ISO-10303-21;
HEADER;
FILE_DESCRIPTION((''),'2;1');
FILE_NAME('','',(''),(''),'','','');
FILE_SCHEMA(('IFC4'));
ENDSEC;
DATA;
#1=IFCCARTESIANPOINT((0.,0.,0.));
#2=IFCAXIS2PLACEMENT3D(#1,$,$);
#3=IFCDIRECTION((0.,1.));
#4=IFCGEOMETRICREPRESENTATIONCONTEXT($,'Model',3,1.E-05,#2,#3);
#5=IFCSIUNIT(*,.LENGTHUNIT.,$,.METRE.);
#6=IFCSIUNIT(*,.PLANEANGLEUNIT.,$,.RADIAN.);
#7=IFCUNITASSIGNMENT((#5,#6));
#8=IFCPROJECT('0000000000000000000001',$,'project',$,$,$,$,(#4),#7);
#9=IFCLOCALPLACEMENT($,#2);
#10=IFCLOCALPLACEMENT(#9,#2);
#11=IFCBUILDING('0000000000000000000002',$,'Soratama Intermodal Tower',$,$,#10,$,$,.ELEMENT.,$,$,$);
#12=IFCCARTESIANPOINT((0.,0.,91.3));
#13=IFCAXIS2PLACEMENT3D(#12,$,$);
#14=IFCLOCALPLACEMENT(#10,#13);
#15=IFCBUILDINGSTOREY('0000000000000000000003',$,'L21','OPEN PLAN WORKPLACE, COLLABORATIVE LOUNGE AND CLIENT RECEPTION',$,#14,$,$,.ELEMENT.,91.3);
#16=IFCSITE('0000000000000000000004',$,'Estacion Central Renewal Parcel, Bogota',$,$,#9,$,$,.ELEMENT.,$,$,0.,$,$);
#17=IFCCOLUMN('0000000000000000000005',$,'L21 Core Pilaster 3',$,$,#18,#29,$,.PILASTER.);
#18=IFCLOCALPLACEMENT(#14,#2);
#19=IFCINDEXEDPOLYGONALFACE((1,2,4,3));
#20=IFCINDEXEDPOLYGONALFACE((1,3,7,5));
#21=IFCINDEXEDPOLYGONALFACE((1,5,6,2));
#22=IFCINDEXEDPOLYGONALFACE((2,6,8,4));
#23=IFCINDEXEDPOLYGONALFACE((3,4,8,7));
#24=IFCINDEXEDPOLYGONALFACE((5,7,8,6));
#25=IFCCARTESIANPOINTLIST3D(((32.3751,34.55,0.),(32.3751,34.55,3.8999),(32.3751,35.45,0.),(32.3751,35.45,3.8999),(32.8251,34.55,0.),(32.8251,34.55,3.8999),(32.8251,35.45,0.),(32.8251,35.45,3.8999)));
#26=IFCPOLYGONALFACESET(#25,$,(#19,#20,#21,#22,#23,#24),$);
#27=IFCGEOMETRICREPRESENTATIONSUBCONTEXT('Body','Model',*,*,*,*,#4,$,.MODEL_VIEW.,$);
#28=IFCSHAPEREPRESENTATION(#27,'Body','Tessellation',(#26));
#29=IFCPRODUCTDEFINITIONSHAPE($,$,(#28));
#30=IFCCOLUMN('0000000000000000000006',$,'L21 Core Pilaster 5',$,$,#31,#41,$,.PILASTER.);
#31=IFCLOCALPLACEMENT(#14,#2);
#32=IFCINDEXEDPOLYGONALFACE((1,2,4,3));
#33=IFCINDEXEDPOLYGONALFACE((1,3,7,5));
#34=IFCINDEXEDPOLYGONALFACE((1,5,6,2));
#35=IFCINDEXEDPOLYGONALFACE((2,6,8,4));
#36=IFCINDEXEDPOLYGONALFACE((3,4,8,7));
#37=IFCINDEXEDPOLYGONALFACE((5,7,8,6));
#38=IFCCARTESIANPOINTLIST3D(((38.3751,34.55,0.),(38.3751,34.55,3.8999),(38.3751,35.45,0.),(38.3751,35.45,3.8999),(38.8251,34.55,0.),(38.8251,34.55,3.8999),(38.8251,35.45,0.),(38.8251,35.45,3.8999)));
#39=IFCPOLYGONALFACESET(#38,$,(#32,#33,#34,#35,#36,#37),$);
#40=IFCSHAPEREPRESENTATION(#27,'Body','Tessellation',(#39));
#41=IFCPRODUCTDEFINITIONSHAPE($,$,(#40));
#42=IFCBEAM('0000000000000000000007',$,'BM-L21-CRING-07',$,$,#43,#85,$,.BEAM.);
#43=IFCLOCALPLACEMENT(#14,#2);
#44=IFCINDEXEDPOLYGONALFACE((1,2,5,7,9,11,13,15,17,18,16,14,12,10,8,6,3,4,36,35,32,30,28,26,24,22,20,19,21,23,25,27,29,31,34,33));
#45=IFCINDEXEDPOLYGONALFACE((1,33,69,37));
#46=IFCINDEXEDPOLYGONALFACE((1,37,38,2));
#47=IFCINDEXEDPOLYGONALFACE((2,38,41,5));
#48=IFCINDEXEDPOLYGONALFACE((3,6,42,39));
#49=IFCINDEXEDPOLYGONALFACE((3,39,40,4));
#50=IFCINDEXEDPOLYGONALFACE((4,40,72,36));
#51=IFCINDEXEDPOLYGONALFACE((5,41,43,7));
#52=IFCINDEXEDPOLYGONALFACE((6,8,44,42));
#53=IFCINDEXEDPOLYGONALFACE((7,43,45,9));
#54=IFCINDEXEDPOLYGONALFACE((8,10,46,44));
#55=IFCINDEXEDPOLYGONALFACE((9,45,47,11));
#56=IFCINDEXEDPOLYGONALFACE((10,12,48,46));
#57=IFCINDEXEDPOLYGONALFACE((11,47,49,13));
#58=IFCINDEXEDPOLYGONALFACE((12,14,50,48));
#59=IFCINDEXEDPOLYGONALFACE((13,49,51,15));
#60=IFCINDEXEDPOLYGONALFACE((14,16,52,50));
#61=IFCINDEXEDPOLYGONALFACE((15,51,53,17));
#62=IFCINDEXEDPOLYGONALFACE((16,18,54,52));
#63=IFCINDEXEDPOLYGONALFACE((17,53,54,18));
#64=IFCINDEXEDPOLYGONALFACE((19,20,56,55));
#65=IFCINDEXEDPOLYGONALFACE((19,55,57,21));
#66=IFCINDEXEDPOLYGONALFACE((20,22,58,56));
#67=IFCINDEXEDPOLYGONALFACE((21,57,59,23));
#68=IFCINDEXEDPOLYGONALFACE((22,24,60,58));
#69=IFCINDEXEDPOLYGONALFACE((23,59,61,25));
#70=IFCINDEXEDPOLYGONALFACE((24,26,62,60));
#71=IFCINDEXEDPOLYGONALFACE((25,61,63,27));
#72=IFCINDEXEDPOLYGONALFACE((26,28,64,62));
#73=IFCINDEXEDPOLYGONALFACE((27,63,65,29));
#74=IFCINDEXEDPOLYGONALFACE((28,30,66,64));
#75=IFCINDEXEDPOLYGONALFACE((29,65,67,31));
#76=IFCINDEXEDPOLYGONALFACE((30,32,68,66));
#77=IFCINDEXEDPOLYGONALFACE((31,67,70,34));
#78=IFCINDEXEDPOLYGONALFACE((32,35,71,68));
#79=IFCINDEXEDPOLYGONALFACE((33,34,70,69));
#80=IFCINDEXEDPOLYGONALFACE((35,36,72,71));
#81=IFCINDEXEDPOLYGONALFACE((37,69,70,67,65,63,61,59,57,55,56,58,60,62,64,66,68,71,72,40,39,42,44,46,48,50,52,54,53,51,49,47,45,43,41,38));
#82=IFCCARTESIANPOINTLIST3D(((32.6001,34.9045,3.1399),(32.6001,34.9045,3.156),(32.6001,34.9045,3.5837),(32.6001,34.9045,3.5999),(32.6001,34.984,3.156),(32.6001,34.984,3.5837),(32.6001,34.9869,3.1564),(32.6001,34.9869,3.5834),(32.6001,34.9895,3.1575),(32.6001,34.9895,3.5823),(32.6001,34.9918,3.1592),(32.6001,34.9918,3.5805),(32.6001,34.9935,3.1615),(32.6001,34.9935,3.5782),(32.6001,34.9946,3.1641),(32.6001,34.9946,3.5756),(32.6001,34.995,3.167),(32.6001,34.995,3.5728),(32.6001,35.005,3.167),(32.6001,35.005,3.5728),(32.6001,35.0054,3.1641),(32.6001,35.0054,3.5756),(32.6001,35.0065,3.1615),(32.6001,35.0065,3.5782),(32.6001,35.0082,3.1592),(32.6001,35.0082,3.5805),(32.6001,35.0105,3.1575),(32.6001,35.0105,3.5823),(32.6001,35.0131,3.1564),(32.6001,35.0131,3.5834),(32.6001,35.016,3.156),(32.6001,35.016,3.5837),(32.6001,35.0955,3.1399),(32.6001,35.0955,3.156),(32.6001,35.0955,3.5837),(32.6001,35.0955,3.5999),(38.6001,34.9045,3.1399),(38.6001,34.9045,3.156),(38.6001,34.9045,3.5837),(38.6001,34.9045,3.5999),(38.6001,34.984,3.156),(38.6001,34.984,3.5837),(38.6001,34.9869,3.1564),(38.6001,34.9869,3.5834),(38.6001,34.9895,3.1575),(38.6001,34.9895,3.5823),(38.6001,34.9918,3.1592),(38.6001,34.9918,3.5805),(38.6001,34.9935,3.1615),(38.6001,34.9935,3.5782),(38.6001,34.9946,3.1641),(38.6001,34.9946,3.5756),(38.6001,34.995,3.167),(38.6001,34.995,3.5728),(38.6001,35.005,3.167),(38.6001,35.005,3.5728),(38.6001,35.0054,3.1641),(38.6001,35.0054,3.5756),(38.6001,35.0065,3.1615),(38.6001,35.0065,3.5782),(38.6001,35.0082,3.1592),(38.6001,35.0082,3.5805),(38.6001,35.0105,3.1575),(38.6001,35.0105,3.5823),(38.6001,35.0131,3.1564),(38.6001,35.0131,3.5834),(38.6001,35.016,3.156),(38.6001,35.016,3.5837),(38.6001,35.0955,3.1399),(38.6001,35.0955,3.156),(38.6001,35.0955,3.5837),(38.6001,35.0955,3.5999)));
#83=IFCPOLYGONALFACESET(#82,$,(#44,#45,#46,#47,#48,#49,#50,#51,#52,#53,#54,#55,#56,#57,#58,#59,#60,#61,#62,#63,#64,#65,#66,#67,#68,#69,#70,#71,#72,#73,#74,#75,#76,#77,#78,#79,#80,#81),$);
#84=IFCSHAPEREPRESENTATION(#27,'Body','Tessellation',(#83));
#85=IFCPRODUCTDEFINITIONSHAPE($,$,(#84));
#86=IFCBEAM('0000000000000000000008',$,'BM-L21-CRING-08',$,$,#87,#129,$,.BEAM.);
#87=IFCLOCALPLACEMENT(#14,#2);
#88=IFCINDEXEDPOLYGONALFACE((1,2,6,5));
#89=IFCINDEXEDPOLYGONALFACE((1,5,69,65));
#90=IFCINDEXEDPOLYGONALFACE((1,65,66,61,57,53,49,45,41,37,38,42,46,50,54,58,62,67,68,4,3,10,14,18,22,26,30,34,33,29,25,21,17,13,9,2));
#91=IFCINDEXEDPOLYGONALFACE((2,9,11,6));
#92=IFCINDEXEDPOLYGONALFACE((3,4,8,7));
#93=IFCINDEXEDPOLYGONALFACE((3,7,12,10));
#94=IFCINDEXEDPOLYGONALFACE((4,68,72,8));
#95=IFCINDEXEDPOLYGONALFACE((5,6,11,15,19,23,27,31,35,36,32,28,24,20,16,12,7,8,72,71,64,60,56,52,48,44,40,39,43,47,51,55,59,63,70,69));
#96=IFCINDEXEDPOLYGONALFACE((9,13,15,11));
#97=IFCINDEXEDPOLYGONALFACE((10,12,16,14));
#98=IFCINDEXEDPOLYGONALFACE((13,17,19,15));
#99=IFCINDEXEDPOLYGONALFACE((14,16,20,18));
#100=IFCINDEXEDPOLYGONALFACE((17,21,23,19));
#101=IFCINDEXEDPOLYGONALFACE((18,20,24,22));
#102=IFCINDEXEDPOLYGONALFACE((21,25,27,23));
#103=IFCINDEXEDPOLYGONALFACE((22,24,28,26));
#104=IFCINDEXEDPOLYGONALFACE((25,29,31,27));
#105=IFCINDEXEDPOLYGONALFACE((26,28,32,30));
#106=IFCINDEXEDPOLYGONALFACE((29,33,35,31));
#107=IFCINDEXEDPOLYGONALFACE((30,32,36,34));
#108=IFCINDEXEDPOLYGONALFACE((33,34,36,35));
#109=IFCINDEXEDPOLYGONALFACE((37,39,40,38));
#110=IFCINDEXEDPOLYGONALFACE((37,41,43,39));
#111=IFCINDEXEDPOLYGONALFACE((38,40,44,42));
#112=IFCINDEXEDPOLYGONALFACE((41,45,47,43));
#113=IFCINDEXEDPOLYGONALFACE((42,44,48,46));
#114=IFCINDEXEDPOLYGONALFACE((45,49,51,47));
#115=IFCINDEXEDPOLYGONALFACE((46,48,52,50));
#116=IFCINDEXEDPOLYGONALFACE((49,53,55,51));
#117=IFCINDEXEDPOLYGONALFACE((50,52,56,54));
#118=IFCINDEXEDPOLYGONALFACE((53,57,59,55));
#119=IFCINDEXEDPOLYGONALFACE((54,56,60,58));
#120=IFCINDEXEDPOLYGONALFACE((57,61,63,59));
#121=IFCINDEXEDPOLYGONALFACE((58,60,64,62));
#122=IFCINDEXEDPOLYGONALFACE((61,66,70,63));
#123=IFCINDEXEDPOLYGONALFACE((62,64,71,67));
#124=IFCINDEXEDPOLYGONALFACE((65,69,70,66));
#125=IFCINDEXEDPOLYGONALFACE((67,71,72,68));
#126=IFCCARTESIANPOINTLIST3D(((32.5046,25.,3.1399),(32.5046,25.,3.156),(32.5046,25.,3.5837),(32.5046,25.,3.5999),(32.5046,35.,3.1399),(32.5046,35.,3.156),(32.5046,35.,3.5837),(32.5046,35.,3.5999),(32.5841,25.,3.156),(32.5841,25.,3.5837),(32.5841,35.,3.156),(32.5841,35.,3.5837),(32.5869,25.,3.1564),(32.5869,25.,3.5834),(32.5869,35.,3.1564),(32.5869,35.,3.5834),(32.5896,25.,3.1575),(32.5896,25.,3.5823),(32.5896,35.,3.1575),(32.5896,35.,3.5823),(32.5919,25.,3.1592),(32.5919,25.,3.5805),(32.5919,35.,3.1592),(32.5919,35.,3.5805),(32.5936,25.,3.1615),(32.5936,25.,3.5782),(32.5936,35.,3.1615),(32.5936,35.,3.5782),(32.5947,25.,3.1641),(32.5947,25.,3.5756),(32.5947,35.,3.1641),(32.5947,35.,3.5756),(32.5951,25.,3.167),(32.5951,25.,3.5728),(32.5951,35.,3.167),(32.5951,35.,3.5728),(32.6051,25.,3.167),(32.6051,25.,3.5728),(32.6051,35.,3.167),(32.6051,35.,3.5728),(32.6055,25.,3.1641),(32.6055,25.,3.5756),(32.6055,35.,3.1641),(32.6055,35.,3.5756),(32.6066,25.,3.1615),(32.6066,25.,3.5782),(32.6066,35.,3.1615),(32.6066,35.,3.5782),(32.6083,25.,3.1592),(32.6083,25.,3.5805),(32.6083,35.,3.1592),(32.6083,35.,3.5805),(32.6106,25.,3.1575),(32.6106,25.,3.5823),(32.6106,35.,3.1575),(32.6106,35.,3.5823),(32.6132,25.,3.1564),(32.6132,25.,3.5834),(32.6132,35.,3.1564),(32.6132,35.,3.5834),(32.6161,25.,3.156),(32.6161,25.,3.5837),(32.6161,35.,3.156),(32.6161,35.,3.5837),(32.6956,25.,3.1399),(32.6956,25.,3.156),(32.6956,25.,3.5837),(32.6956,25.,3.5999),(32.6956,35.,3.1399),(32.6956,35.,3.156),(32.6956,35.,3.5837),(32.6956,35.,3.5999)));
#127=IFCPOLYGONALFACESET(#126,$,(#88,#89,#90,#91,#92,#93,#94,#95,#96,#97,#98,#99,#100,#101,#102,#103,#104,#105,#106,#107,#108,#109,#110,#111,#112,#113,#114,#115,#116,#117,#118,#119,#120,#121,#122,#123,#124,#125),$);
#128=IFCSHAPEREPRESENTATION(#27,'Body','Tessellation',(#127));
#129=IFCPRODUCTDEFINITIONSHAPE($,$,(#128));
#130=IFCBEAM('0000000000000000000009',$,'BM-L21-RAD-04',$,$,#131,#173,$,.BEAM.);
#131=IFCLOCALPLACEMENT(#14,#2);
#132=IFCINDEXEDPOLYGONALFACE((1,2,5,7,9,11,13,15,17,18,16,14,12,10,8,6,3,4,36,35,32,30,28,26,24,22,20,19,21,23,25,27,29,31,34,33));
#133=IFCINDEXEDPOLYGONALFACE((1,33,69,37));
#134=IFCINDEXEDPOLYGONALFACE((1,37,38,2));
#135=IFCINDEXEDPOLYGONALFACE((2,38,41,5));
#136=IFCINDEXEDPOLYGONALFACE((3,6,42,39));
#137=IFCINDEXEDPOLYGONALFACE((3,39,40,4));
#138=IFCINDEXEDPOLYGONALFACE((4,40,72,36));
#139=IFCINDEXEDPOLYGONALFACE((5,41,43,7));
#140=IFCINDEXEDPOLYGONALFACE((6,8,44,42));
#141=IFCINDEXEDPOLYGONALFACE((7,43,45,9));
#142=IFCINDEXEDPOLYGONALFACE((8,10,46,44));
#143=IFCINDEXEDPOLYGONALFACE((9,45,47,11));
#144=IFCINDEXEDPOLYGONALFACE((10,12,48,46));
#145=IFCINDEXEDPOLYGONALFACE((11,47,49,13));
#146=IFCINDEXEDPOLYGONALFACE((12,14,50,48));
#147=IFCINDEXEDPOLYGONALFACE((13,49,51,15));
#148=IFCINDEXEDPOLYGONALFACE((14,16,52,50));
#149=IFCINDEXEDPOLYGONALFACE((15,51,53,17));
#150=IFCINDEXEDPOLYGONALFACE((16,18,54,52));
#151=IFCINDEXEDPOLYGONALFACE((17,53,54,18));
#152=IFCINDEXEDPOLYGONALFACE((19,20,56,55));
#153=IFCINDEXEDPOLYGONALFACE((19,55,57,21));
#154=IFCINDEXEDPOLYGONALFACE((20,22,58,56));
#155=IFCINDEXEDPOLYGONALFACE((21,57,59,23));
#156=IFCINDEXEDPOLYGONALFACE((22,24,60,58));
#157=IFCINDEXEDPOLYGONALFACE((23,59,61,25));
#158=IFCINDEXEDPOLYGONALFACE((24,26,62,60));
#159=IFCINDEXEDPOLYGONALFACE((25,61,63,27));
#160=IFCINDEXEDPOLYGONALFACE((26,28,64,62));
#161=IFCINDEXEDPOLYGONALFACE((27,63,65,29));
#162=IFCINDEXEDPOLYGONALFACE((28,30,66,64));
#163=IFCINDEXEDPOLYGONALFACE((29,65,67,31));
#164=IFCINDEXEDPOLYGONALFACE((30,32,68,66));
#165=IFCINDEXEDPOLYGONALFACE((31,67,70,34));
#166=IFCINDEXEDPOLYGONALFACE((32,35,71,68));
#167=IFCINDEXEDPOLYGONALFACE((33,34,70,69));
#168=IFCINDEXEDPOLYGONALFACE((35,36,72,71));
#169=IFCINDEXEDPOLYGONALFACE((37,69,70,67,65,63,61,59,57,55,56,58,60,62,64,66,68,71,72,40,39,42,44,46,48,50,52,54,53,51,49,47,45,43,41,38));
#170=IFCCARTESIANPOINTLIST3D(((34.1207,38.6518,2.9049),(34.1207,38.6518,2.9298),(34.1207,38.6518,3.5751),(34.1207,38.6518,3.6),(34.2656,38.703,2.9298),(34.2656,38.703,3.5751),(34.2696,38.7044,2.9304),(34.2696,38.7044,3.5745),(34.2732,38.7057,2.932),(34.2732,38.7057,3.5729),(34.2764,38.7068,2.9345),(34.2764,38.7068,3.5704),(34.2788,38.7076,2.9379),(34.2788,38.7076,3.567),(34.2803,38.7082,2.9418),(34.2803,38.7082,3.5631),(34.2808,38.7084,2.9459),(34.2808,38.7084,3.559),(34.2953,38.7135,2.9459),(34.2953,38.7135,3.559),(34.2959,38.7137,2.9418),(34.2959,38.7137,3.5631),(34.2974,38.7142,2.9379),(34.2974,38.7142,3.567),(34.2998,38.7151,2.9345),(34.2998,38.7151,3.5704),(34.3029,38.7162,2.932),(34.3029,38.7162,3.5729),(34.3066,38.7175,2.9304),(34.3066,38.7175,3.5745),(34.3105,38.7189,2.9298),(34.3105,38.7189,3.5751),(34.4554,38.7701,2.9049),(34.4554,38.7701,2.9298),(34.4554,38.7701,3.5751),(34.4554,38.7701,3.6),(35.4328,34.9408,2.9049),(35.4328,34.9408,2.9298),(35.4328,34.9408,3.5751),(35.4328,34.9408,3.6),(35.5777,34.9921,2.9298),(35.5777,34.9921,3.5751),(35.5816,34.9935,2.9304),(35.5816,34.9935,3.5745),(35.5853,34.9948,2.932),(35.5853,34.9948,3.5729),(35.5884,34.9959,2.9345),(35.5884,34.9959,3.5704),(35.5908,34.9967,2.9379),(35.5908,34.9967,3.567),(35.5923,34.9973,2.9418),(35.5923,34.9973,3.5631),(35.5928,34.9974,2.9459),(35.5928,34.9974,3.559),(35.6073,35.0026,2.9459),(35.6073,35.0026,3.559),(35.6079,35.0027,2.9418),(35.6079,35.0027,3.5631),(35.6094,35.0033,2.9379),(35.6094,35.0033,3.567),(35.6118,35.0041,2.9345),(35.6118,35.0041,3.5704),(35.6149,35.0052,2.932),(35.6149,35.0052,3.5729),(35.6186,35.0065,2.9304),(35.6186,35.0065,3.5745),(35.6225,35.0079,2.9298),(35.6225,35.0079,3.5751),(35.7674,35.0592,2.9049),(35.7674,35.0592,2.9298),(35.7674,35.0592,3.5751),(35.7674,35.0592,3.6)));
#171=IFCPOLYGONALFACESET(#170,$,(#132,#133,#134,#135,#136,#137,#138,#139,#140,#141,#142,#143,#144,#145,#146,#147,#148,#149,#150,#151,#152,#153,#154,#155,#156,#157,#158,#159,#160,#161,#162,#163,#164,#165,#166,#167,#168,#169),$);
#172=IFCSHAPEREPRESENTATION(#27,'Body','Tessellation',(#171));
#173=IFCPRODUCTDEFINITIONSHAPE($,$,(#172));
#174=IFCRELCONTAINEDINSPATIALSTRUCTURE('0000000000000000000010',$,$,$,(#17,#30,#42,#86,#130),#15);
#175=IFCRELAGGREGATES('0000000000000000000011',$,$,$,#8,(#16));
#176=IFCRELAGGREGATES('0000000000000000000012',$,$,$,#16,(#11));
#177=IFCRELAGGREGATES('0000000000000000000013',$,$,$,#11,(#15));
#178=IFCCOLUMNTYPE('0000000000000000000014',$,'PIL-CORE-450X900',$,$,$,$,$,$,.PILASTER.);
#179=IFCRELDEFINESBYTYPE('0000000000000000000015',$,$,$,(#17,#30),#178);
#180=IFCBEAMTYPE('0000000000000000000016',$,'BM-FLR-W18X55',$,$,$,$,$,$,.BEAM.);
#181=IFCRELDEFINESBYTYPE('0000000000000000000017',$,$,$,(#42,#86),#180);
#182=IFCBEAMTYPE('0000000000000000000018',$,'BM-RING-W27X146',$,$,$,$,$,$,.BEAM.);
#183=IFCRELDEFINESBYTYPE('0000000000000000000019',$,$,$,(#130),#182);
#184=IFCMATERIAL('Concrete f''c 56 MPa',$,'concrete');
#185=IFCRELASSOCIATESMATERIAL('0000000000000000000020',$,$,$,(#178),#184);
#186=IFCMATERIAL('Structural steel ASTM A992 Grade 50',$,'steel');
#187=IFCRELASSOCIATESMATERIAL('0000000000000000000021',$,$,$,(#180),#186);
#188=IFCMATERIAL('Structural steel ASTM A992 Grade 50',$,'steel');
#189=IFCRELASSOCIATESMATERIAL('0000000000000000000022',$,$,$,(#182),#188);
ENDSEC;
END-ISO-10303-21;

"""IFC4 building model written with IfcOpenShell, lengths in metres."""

from ifc_helpers import new_model, si_unit, direction, frame, origin, origin_2d, place, context, subcontext, project, spatial, rectangle, i_section, extrude, material, material_profile, profile_set, type_object, element, save


model = new_model("IFC4")

# Units and contexts
model_context = context("Model", 3, precision=1e-05, world=origin(), true_north=direction((0.0, 1.0)))
body_context = subcontext(model_context, "Body", "Model", "MODEL_VIEW")
ifc_project = project(units=[si_unit("LENGTHUNIT", "METRE"), si_unit("PLANEANGLEUNIT", "RADIAN")], contexts=[model_context])

# Site, building, storey
site_placement = place(None, origin())
site = spatial("IfcSite", under=ifc_project, at=site_placement, Name="Estacion Central Renewal Parcel, Bogota", CompositionType="ELEMENT", RefElevation=0.0)
building_placement = place(site_placement, origin())
building = spatial("IfcBuilding", under=site, at=building_placement, Name="Soratama Intermodal Tower", CompositionType="ELEMENT")
storey_placement = place(building_placement, frame((0.0, 0.0, 91.3)))
storey = spatial("IfcBuildingStorey", under=building, at=storey_placement, Name="L21", Description="OPEN PLAN WORKPLACE, COLLABORATIVE LOUNGE AND CLIENT RECEPTION", CompositionType="ELEMENT", Elevation=91.3)

# Columns
ifc_material_1 = material(Name="Concrete f'c 56 MPa", Category="concrete")
ifc_material_profile_1 = material_profile(ifc_material_1, rectangle(XDim=0.45, YDim=0.8999, at=origin_2d()), Name="RC450X900")
ifc_profile_set_1 = profile_set([ifc_material_profile_1], Name="Concrete f'c 56 MPa")
column_type = type_object("IfcColumnType", Name="PIL-CORE-450X900", PredefinedType="PILASTER", material=ifc_profile_set_1)
for number, where, z_axis, x_axis, name in (
    (1, (32.6001, 35.0, 0.0), (0.0, 0.0, 1.0), (1.0, 0.0, 0.0), "L21 Core Pilaster 3"),
    (2, (38.6001, 35.0, 0.0), (0.0, 0.0, 1.0), (1.0, 0.0, 0.0), "L21 Core Pilaster 5"),
):
    element("IfcColumn", number, at=place(storey_placement, frame(where, z_axis=z_axis, x_axis=x_axis)), inside=storey, type_object=column_type, Name=name, PredefinedType="PILASTER", context=body_context, shape_type="SweptSolid", body=[
        extrude(rectangle(XDim=0.45, YDim=0.8999, at=origin_2d()), origin(), (0.0, 0.0, 1.0), 3.8999),
    ])

# Beams
ifc_material_2 = material(Name="Structural steel ASTM A992 Grade 50", Category="steel")
ifc_material_profile_2 = material_profile(ifc_material_2, i_section(OverallWidth=0.1909, OverallDepth=0.46, WebThickness=0.01, FlangeThickness=0.0161, FilletRadius=0.011, at=origin_2d()), Name="W18X55")
ifc_profile_set_2 = profile_set([ifc_material_profile_2], Name="Structural steel ASTM A992 Grade 50")
beam_type_1 = type_object("IfcBeamType", Name="BM-FLR-W18X55", PredefinedType="BEAM", material=ifc_profile_set_2)
beam_1_placement = place(storey_placement, frame((38.6001, 35.0, 3.3699), z_axis=(-1.0, 0.0, 0.0), x_axis=(0.0, -1.0, 0.0)))
element("IfcBeam", 3, at=beam_1_placement, inside=storey, type_object=beam_type_1, Name="BM-L21-CRING-07", PredefinedType="BEAM", context=body_context, shape_type="SweptSolid", body=[
    extrude(i_section(OverallWidth=0.1909, OverallDepth=0.46, WebThickness=0.01, FlangeThickness=0.0161, FilletRadius=0.011, at=origin_2d()), origin(), (0.0, 0.0, 1.0), 6.0),
])
beam_2_placement = place(storey_placement, frame((32.6001, 35.0, 3.3699), z_axis=(0.0, -1.0, 0.0), x_axis=(1.0, 0.0, 0.0)))
element("IfcBeam", 4, at=beam_2_placement, inside=storey, type_object=beam_type_1, Name="BM-L21-CRING-08", PredefinedType="BEAM", context=body_context, shape_type="SweptSolid", body=[
    extrude(i_section(OverallWidth=0.1909, OverallDepth=0.46, WebThickness=0.01, FlangeThickness=0.0161, FilletRadius=0.011, at=origin_2d()), origin(), (0.0, 0.0, 1.0), 10.0),
])
ifc_material_3 = material(Name="Structural steel ASTM A992 Grade 50", Category="steel")
ifc_material_profile_3 = material_profile(ifc_material_3, i_section(OverallWidth=0.355, OverallDepth=0.6951, WebThickness=0.0154, FlangeThickness=0.0249, FilletRadius=0.0161, at=origin_2d()), Name="W27X146")
ifc_profile_set_3 = profile_set([ifc_material_profile_3], Name="Structural steel ASTM A992 Grade 50")
beam_type_2 = type_object("IfcBeamType", Name="BM-RING-W27X146", PredefinedType="BEAM", material=ifc_profile_set_3)
beam_3_placement = place(storey_placement, frame((35.6001, 35.0, 3.2524), z_axis=(-0.333333, 0.942809, 0.0), x_axis=(-0.942809, -0.333333, 0.0)))
element("IfcBeam", 5, at=beam_3_placement, inside=storey, type_object=beam_type_2, Name="BM-L21-RAD-04", PredefinedType="BEAM", context=body_context, shape_type="SweptSolid", body=[
    extrude(i_section(OverallWidth=0.355, OverallDepth=0.6951, WebThickness=0.0154, FlangeThickness=0.0249, FilletRadius=0.0161, at=origin_2d()), origin(), (0.0, 0.0, 1.0), 3.936),
])

save(model, "model.ifc")
